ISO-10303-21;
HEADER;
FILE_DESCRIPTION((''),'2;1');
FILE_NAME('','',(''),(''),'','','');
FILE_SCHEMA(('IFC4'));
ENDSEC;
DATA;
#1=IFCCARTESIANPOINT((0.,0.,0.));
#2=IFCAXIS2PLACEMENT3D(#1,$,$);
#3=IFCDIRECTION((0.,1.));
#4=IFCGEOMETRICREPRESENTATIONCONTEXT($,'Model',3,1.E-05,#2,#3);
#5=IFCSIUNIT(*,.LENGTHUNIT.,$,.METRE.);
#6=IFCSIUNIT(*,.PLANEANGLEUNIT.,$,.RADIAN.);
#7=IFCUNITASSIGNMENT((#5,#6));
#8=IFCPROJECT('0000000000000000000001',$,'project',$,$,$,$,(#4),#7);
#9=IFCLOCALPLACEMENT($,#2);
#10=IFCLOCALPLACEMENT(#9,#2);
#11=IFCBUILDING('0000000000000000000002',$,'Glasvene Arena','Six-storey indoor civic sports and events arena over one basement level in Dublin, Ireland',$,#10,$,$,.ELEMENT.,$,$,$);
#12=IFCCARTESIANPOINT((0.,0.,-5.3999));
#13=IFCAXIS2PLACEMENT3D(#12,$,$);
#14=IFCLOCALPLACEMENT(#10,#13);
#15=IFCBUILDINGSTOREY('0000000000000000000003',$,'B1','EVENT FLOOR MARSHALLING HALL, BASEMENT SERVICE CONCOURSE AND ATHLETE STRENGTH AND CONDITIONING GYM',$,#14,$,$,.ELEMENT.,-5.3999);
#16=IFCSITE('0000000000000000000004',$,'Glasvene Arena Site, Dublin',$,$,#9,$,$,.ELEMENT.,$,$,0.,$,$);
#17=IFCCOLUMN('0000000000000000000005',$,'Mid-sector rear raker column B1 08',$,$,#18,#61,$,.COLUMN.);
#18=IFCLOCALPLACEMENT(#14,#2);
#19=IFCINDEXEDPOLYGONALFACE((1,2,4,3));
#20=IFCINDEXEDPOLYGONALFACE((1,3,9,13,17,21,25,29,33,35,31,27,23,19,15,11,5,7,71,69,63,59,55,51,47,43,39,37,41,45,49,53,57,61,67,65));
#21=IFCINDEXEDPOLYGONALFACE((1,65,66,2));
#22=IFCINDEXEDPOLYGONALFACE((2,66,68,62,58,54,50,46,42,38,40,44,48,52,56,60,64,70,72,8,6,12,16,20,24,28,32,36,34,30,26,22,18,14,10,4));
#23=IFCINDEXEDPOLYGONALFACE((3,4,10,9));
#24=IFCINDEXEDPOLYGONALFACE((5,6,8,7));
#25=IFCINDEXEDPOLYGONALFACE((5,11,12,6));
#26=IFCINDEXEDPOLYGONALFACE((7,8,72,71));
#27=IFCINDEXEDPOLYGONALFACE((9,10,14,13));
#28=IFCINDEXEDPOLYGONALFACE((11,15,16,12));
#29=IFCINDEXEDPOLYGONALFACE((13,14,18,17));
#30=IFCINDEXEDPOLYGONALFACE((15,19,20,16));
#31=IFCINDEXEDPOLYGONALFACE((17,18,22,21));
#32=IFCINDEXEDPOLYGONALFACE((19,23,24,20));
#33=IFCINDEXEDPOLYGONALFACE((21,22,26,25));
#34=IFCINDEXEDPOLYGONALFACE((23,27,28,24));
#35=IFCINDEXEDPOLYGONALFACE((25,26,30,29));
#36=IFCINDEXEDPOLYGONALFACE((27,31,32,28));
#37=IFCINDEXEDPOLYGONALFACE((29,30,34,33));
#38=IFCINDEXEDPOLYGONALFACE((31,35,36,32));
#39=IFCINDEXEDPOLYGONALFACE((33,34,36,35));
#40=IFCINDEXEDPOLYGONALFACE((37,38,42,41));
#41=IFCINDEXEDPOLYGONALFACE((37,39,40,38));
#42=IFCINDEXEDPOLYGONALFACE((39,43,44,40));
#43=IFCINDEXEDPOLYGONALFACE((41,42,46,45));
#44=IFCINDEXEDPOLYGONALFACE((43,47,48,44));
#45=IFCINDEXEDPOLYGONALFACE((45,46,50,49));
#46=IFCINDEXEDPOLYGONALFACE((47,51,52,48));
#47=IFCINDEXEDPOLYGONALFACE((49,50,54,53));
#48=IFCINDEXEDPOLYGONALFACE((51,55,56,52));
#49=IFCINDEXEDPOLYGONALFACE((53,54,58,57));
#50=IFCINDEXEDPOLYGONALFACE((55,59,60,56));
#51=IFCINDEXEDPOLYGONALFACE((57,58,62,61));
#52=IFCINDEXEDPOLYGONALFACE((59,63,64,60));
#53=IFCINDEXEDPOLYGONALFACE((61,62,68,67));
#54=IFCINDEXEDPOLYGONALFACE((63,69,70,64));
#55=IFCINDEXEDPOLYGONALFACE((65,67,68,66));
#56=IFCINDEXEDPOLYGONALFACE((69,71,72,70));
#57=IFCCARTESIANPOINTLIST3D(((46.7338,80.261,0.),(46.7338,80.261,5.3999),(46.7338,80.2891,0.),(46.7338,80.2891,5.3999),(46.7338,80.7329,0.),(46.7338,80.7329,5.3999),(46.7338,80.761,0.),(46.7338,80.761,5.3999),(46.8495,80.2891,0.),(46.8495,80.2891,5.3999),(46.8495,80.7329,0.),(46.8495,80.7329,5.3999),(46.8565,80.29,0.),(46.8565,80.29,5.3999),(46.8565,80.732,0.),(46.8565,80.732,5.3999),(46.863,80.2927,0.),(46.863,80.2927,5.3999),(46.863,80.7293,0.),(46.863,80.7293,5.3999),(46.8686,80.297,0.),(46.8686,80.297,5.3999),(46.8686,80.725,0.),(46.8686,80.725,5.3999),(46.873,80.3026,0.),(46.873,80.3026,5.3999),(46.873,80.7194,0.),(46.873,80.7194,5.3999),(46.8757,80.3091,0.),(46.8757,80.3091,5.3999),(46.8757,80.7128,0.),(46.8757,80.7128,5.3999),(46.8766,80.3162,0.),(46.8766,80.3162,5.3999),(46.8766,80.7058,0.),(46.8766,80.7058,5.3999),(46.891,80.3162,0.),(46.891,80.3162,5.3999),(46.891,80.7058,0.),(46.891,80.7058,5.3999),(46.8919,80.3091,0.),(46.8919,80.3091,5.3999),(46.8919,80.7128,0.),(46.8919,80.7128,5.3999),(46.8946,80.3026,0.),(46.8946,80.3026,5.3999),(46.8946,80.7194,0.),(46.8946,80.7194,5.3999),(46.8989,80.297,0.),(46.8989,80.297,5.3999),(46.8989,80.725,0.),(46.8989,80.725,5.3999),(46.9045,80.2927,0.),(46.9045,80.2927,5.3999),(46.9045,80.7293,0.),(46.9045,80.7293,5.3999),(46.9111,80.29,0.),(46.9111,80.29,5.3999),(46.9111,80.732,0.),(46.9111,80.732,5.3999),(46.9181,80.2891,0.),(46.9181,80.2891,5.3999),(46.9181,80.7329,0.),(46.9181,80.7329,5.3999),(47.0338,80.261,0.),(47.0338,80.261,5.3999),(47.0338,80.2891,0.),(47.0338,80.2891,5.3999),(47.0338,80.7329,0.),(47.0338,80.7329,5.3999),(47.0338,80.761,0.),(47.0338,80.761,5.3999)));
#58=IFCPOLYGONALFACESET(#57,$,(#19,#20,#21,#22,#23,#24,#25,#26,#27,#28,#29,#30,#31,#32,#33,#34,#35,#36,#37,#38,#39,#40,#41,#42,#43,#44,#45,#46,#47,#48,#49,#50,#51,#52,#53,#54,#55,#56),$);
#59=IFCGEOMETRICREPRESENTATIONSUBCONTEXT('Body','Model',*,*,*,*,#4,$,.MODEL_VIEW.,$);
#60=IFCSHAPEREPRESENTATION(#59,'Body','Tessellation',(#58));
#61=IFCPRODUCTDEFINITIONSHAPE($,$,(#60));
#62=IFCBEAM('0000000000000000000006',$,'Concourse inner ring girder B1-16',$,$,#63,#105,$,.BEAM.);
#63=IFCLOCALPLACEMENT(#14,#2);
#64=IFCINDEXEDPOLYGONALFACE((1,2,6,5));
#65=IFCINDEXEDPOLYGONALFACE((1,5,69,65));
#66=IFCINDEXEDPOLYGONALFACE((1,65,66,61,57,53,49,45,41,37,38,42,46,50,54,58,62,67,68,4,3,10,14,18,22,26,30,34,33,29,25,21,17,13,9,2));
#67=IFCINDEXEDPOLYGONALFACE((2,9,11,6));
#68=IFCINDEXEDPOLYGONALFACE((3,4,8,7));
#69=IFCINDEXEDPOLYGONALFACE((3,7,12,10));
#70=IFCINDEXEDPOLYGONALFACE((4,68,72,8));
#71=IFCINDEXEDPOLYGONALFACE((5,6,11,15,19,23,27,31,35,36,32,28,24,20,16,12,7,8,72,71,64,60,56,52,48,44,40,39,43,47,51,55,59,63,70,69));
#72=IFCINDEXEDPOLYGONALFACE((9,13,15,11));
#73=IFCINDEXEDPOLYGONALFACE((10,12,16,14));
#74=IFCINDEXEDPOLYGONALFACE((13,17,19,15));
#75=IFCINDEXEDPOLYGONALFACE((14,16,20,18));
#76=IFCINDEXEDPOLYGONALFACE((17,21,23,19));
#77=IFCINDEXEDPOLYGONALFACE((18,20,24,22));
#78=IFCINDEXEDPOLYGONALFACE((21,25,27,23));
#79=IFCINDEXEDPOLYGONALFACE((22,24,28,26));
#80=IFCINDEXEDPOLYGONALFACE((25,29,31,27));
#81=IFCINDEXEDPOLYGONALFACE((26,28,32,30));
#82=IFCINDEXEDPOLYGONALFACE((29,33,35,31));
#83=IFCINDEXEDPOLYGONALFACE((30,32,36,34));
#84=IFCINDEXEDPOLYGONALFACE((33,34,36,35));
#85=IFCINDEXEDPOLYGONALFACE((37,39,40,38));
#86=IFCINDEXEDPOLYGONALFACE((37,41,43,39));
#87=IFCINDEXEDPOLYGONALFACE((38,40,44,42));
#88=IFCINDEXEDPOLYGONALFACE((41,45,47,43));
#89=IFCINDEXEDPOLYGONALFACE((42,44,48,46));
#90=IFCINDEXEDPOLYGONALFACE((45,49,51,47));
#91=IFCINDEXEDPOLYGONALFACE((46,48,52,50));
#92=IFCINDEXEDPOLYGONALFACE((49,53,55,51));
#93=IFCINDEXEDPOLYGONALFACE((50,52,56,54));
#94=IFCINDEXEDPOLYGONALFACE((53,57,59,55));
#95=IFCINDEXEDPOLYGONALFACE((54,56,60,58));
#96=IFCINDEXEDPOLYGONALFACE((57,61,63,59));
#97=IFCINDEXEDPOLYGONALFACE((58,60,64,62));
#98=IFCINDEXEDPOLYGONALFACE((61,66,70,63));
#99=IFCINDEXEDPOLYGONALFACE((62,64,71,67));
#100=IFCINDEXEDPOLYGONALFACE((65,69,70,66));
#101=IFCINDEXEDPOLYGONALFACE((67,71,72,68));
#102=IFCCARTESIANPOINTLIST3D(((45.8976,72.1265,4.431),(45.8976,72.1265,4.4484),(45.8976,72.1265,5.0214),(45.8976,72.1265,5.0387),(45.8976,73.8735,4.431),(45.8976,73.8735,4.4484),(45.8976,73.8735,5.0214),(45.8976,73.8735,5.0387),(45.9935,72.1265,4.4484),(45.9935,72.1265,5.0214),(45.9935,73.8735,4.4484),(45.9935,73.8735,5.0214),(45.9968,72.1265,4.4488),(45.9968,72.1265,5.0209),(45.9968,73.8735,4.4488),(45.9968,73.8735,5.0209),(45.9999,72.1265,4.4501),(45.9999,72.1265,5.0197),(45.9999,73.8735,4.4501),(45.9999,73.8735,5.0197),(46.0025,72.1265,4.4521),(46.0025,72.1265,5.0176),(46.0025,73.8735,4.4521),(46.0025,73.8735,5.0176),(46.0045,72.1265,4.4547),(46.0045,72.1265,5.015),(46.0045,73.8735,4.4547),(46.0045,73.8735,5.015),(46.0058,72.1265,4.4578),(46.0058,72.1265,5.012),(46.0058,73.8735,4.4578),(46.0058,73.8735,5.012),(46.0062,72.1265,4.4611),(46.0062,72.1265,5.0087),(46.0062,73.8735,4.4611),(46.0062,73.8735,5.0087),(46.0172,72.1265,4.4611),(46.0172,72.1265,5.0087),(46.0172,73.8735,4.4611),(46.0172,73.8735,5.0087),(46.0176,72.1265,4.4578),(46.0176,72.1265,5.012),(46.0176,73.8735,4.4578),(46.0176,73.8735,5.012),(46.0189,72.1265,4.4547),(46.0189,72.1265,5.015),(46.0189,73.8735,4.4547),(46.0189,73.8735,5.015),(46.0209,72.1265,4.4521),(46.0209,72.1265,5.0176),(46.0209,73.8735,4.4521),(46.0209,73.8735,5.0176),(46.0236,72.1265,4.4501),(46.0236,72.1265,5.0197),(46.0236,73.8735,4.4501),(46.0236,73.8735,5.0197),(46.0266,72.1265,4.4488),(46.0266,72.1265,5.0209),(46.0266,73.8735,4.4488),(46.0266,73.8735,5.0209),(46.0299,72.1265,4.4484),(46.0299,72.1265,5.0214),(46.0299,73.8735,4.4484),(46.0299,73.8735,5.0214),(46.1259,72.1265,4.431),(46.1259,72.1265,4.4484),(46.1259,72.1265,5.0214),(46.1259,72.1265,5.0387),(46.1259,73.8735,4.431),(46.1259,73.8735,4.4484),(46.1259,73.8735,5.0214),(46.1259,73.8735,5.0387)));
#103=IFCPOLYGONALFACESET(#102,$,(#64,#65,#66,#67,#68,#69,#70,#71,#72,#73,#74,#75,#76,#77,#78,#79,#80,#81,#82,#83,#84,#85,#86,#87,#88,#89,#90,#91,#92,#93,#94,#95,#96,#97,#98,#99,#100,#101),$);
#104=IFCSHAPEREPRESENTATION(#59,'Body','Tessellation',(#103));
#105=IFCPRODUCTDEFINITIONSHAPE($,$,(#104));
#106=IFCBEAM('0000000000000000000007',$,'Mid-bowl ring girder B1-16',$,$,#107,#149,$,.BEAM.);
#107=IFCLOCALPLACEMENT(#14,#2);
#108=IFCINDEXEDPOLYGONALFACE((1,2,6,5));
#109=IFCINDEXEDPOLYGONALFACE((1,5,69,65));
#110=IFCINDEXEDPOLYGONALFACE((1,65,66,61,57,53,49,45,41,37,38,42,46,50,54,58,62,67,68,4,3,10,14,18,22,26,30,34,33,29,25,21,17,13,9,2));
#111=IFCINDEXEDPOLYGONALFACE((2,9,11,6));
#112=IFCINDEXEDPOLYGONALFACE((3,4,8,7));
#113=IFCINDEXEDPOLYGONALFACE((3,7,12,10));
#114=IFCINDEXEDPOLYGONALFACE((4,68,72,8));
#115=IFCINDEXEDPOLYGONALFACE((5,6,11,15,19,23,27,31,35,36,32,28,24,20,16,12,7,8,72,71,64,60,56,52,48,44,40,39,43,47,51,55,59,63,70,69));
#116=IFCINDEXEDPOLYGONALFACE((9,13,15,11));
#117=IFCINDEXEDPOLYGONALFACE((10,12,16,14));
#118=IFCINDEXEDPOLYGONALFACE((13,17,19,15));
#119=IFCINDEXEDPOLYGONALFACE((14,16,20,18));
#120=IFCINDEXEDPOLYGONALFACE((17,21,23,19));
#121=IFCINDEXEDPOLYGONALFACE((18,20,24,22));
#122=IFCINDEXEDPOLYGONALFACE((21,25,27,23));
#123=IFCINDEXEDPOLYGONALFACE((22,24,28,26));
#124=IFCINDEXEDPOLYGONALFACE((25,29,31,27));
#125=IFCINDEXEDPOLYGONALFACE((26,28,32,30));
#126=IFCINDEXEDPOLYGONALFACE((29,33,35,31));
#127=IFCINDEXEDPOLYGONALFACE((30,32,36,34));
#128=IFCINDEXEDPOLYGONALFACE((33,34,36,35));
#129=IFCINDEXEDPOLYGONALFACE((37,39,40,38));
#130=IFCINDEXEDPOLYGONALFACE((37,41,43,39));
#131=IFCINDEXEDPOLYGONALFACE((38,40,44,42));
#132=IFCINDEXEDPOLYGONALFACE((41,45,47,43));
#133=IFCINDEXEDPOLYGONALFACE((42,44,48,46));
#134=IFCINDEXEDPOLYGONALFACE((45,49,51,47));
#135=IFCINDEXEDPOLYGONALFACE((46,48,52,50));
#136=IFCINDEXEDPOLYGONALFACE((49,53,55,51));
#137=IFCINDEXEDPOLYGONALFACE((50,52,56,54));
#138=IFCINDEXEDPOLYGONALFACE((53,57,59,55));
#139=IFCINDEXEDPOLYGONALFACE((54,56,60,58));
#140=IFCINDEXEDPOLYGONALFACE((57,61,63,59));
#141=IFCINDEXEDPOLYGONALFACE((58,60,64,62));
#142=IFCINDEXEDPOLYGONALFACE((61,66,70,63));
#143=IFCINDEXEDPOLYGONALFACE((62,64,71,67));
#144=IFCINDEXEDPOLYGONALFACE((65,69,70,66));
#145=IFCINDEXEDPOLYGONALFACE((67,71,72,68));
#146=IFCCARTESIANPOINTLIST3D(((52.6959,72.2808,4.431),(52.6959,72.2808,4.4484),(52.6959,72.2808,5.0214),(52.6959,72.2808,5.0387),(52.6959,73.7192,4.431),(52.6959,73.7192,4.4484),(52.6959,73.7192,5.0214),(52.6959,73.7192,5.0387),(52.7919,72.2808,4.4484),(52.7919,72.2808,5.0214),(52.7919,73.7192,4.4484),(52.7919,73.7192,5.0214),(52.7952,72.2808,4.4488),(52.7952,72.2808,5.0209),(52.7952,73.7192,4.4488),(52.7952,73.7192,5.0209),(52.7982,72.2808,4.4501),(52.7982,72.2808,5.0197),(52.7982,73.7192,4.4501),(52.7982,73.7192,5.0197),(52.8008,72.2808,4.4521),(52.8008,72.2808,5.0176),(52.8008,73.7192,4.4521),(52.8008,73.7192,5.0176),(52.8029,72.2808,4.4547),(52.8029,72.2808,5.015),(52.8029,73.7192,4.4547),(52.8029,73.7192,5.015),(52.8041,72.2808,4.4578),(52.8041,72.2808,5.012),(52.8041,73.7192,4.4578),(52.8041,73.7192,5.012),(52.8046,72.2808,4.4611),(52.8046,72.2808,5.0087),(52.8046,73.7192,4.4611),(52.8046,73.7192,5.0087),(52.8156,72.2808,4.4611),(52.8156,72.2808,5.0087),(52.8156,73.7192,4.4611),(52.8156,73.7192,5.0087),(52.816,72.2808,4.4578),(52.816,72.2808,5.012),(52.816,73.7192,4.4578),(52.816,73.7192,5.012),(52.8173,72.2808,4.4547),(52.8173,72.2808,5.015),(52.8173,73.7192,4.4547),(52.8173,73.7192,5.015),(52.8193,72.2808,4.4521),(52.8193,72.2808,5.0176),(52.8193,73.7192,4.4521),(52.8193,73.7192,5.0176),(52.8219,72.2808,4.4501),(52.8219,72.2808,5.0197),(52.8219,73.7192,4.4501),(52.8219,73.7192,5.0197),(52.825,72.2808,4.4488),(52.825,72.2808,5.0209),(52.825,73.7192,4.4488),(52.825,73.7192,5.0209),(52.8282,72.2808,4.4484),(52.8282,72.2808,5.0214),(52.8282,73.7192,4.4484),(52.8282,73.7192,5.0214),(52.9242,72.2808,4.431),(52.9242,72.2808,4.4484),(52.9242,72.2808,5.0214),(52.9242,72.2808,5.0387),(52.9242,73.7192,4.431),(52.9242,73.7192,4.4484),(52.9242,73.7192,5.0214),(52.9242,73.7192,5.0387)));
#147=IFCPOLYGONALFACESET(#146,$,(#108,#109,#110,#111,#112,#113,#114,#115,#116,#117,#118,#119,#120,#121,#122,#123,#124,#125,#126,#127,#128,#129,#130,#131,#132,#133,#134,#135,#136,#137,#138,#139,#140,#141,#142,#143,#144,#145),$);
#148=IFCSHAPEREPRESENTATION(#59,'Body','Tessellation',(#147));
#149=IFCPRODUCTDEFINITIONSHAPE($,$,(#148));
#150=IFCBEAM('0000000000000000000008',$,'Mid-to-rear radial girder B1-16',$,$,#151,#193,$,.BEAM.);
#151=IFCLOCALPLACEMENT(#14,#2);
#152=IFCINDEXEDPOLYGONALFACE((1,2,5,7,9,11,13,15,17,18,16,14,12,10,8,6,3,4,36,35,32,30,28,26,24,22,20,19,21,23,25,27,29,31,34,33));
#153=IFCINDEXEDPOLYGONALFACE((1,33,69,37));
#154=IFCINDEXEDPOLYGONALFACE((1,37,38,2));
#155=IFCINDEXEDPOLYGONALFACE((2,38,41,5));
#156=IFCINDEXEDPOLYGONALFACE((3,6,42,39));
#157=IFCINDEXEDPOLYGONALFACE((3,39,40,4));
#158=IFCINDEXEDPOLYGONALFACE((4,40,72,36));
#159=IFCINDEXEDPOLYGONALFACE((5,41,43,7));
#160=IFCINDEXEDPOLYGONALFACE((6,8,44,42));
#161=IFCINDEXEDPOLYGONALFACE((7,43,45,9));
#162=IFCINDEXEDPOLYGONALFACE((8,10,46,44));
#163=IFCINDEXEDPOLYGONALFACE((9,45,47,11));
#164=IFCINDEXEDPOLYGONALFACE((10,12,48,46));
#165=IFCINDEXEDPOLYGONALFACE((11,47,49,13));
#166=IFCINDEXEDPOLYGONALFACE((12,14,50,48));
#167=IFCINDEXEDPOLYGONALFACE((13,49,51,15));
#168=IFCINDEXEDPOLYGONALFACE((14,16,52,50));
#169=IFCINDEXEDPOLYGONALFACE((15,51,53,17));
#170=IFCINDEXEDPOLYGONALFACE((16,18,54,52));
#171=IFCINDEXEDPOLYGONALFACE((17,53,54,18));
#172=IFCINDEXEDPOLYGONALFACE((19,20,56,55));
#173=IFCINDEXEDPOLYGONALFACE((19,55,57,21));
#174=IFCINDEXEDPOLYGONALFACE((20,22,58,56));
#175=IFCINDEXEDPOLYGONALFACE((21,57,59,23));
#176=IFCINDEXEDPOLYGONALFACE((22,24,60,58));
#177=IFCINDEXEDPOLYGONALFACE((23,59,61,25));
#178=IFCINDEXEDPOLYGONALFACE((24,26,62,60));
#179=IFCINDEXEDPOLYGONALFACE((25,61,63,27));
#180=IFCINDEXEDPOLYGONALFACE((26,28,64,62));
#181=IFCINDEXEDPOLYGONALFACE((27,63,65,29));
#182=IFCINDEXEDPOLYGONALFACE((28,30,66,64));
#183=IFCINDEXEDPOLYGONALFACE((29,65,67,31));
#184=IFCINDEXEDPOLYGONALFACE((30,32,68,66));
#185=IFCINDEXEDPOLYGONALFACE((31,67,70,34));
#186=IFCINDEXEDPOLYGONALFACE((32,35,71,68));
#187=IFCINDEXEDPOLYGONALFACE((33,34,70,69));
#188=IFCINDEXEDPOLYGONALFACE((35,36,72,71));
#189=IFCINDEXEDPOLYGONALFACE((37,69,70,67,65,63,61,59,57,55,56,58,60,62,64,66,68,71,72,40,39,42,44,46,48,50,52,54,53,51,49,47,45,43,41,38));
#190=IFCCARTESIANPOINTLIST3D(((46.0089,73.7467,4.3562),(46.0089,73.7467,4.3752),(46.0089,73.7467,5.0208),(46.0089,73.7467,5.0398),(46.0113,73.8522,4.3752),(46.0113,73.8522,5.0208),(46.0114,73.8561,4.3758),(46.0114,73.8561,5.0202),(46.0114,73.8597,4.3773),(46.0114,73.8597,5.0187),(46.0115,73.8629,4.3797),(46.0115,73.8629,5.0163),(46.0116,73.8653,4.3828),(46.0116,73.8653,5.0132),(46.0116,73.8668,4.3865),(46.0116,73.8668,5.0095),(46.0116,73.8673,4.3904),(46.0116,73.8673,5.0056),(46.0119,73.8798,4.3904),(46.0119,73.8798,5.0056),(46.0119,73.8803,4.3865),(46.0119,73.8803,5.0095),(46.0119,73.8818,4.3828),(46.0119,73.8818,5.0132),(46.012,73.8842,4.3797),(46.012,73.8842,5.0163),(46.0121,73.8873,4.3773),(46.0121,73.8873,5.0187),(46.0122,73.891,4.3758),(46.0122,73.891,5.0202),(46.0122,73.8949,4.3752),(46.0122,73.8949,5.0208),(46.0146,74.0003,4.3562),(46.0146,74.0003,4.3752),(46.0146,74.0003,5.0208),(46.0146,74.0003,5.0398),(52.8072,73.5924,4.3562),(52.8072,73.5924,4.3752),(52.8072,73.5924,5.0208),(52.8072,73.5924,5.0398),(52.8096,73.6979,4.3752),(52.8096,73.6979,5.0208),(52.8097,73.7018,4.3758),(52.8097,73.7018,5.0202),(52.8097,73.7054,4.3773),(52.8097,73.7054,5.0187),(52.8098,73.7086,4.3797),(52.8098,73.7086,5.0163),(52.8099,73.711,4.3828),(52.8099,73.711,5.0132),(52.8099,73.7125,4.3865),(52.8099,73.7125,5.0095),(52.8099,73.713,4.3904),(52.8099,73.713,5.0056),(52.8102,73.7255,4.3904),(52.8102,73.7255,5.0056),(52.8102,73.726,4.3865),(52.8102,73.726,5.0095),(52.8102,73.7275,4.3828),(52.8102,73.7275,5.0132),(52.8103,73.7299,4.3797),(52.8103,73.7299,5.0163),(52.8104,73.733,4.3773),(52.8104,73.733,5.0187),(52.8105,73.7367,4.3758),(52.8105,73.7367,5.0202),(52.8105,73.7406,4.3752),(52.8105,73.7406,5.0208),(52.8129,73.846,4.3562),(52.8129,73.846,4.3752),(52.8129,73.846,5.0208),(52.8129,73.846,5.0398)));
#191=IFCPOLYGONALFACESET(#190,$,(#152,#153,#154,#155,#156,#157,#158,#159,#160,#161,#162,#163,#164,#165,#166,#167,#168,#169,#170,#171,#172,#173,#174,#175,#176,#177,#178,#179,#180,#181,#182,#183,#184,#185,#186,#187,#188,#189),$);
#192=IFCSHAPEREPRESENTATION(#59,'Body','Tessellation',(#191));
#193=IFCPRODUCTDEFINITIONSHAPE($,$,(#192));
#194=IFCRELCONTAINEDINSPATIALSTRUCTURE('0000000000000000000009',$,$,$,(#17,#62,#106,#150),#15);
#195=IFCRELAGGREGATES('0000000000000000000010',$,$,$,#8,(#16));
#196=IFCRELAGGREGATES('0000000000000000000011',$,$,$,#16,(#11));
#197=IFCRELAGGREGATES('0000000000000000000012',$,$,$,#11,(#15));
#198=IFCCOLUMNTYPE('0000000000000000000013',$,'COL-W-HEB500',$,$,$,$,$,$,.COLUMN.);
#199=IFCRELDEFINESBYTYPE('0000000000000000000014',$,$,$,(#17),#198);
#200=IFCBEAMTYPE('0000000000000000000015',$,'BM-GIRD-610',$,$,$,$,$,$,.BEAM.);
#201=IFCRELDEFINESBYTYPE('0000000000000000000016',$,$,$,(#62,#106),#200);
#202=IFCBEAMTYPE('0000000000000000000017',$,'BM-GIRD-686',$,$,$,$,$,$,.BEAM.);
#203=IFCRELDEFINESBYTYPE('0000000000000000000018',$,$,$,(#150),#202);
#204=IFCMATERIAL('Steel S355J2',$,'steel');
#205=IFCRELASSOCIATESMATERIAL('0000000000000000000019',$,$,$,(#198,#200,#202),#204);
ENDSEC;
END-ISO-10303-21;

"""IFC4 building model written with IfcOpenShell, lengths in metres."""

from ifc_helpers import new_model, si_unit, direction, frame, origin, origin_2d, place, context, subcontext, project, spatial, i_section, extrude, material, material_profile, profile_set, type_object, element, save


model = new_model("IFC4")

# Units and contexts
model_context = context("Model", 3, precision=1e-05, world=origin(), true_north=direction((0.0, 1.0)))
body_context = subcontext(model_context, "Body", "Model", "MODEL_VIEW")
ifc_project = project(units=[si_unit("LENGTHUNIT", "METRE"), si_unit("PLANEANGLEUNIT", "RADIAN")], contexts=[model_context])

# Site, building, storey
site_placement = place(None, origin())
site = spatial("IfcSite", under=ifc_project, at=site_placement, Name="Glasvene Arena Site, Dublin", CompositionType="ELEMENT", RefElevation=0.0)
building_placement = place(site_placement, origin())
building = spatial("IfcBuilding", under=site, at=building_placement, Name="Glasvene Arena", Description="Six-storey indoor civic sports and events arena over one basement level in Dublin, Ireland", CompositionType="ELEMENT")
storey_placement = place(building_placement, frame((0.0, 0.0, -5.3999)))
storey = spatial("IfcBuildingStorey", under=building, at=storey_placement, Name="B1", Description="EVENT FLOOR MARSHALLING HALL, BASEMENT SERVICE CONCOURSE AND ATHLETE STRENGTH AND CONDITIONING GYM", CompositionType="ELEMENT", Elevation=-5.3999)

# Column
ifc_material_1 = material(Name="Steel S355J2", Category="steel")
ifc_material_profile_1 = material_profile(ifc_material_1, i_section(OverallWidth=0.3, OverallDepth=0.5, WebThickness=0.0144, FlangeThickness=0.0281, FilletRadius=0.0271, at=origin_2d()), Name="HEB 500")
ifc_profile_set_1 = profile_set([ifc_material_profile_1], Name="Steel S355J2")
column_type_1 = type_object("IfcColumnType", Name="COL-W-HEB500", PredefinedType="COLUMN", material=ifc_profile_set_1)
for number, where, z_axis, x_axis, name in (
    (1, (46.8838, 80.511, 0.0), (0.0, 0.0, 1.0), (1.0, 0.0, 0.0), "Mid-sector rear raker column B1 08"),
):
    element("IfcColumn", number, at=place(storey_placement, frame(where, z_axis=z_axis, x_axis=x_axis)), inside=storey, type_object=column_type_1, Name=name, PredefinedType="COLUMN", context=body_context, shape_type="SweptSolid", body=[
        extrude(i_section(OverallWidth=0.3, OverallDepth=0.5, WebThickness=0.0144, FlangeThickness=0.0281, FilletRadius=0.0271, at=origin_2d()), origin(), (0.0, 0.0, 1.0), 5.3999),
    ])

# Beams
ifc_material_profile_2 = material_profile(ifc_material_1, i_section(OverallWidth=0.2283, OverallDepth=0.6077, WebThickness=0.011, FlangeThickness=0.0173, FilletRadius=0.0127, at=origin_2d()), Name="UKB 610x229x113")
ifc_profile_set_2 = profile_set([ifc_material_profile_2], Name="Steel S355J2")
beam_type_1 = type_object("IfcBeamType", Name="BM-GIRD-610", PredefinedType="BEAM", material=ifc_profile_set_2)
beam_1_placement = place(storey_placement, frame((46.0117, 73.8735, 4.7349), z_axis=(0.0, -1.0, 0.0), x_axis=(1.0, 0.0, 0.0)))
element("IfcBeam", 2, at=beam_1_placement, inside=storey, type_object=beam_type_1, Name="Concourse inner ring girder B1-16", PredefinedType="BEAM", context=body_context, shape_type="SweptSolid", body=[
    extrude(i_section(OverallWidth=0.2283, OverallDepth=0.6077, WebThickness=0.011, FlangeThickness=0.0173, FilletRadius=0.0127, at=origin_2d()), origin(), (0.0, 0.0, 1.0), 1.7471),
])
beam_2_placement = place(storey_placement, frame((52.8101, 73.7192, 4.7349), z_axis=(0.0, -1.0, 0.0), x_axis=(1.0, 0.0, 0.0)))
element("IfcBeam", 3, at=beam_2_placement, inside=storey, type_object=beam_type_1, Name="Mid-bowl ring girder B1-16", PredefinedType="BEAM", context=body_context, shape_type="SweptSolid", body=[
    extrude(i_section(OverallWidth=0.2283, OverallDepth=0.6077, WebThickness=0.011, FlangeThickness=0.0173, FilletRadius=0.0127, at=origin_2d()), origin(), (0.0, 0.0, 1.0), 1.4385),
])
ifc_material_profile_3 = material_profile(ifc_material_1, i_section(OverallWidth=0.2537, OverallDepth=0.6836, WebThickness=0.0125, FlangeThickness=0.019, FilletRadius=0.0151, at=origin_2d()), Name="UKB 686x254x140")
ifc_profile_set_3 = profile_set([ifc_material_profile_3], Name="Steel S355J2")
beam_type_2 = type_object("IfcBeamType", Name="BM-GIRD-686", PredefinedType="BEAM", material=ifc_profile_set_3)
beam_3_placement = place(storey_placement, frame((52.8101, 73.7192, 4.698), z_axis=(-0.999743, 0.02269, 0.0), x_axis=(-0.02269, -0.999743, 0.0)))
element("IfcBeam", 4, at=beam_3_placement, inside=storey, type_object=beam_type_2, Name="Mid-to-rear radial girder B1-16", PredefinedType="BEAM", context=body_context, shape_type="SweptSolid", body=[
    extrude(i_section(OverallWidth=0.2537, OverallDepth=0.6836, WebThickness=0.0125, FlangeThickness=0.019, FilletRadius=0.0151, at=origin_2d()), origin(), (0.0, 0.0, 1.0), 6.8),
])

save(model, "model.ifc")
